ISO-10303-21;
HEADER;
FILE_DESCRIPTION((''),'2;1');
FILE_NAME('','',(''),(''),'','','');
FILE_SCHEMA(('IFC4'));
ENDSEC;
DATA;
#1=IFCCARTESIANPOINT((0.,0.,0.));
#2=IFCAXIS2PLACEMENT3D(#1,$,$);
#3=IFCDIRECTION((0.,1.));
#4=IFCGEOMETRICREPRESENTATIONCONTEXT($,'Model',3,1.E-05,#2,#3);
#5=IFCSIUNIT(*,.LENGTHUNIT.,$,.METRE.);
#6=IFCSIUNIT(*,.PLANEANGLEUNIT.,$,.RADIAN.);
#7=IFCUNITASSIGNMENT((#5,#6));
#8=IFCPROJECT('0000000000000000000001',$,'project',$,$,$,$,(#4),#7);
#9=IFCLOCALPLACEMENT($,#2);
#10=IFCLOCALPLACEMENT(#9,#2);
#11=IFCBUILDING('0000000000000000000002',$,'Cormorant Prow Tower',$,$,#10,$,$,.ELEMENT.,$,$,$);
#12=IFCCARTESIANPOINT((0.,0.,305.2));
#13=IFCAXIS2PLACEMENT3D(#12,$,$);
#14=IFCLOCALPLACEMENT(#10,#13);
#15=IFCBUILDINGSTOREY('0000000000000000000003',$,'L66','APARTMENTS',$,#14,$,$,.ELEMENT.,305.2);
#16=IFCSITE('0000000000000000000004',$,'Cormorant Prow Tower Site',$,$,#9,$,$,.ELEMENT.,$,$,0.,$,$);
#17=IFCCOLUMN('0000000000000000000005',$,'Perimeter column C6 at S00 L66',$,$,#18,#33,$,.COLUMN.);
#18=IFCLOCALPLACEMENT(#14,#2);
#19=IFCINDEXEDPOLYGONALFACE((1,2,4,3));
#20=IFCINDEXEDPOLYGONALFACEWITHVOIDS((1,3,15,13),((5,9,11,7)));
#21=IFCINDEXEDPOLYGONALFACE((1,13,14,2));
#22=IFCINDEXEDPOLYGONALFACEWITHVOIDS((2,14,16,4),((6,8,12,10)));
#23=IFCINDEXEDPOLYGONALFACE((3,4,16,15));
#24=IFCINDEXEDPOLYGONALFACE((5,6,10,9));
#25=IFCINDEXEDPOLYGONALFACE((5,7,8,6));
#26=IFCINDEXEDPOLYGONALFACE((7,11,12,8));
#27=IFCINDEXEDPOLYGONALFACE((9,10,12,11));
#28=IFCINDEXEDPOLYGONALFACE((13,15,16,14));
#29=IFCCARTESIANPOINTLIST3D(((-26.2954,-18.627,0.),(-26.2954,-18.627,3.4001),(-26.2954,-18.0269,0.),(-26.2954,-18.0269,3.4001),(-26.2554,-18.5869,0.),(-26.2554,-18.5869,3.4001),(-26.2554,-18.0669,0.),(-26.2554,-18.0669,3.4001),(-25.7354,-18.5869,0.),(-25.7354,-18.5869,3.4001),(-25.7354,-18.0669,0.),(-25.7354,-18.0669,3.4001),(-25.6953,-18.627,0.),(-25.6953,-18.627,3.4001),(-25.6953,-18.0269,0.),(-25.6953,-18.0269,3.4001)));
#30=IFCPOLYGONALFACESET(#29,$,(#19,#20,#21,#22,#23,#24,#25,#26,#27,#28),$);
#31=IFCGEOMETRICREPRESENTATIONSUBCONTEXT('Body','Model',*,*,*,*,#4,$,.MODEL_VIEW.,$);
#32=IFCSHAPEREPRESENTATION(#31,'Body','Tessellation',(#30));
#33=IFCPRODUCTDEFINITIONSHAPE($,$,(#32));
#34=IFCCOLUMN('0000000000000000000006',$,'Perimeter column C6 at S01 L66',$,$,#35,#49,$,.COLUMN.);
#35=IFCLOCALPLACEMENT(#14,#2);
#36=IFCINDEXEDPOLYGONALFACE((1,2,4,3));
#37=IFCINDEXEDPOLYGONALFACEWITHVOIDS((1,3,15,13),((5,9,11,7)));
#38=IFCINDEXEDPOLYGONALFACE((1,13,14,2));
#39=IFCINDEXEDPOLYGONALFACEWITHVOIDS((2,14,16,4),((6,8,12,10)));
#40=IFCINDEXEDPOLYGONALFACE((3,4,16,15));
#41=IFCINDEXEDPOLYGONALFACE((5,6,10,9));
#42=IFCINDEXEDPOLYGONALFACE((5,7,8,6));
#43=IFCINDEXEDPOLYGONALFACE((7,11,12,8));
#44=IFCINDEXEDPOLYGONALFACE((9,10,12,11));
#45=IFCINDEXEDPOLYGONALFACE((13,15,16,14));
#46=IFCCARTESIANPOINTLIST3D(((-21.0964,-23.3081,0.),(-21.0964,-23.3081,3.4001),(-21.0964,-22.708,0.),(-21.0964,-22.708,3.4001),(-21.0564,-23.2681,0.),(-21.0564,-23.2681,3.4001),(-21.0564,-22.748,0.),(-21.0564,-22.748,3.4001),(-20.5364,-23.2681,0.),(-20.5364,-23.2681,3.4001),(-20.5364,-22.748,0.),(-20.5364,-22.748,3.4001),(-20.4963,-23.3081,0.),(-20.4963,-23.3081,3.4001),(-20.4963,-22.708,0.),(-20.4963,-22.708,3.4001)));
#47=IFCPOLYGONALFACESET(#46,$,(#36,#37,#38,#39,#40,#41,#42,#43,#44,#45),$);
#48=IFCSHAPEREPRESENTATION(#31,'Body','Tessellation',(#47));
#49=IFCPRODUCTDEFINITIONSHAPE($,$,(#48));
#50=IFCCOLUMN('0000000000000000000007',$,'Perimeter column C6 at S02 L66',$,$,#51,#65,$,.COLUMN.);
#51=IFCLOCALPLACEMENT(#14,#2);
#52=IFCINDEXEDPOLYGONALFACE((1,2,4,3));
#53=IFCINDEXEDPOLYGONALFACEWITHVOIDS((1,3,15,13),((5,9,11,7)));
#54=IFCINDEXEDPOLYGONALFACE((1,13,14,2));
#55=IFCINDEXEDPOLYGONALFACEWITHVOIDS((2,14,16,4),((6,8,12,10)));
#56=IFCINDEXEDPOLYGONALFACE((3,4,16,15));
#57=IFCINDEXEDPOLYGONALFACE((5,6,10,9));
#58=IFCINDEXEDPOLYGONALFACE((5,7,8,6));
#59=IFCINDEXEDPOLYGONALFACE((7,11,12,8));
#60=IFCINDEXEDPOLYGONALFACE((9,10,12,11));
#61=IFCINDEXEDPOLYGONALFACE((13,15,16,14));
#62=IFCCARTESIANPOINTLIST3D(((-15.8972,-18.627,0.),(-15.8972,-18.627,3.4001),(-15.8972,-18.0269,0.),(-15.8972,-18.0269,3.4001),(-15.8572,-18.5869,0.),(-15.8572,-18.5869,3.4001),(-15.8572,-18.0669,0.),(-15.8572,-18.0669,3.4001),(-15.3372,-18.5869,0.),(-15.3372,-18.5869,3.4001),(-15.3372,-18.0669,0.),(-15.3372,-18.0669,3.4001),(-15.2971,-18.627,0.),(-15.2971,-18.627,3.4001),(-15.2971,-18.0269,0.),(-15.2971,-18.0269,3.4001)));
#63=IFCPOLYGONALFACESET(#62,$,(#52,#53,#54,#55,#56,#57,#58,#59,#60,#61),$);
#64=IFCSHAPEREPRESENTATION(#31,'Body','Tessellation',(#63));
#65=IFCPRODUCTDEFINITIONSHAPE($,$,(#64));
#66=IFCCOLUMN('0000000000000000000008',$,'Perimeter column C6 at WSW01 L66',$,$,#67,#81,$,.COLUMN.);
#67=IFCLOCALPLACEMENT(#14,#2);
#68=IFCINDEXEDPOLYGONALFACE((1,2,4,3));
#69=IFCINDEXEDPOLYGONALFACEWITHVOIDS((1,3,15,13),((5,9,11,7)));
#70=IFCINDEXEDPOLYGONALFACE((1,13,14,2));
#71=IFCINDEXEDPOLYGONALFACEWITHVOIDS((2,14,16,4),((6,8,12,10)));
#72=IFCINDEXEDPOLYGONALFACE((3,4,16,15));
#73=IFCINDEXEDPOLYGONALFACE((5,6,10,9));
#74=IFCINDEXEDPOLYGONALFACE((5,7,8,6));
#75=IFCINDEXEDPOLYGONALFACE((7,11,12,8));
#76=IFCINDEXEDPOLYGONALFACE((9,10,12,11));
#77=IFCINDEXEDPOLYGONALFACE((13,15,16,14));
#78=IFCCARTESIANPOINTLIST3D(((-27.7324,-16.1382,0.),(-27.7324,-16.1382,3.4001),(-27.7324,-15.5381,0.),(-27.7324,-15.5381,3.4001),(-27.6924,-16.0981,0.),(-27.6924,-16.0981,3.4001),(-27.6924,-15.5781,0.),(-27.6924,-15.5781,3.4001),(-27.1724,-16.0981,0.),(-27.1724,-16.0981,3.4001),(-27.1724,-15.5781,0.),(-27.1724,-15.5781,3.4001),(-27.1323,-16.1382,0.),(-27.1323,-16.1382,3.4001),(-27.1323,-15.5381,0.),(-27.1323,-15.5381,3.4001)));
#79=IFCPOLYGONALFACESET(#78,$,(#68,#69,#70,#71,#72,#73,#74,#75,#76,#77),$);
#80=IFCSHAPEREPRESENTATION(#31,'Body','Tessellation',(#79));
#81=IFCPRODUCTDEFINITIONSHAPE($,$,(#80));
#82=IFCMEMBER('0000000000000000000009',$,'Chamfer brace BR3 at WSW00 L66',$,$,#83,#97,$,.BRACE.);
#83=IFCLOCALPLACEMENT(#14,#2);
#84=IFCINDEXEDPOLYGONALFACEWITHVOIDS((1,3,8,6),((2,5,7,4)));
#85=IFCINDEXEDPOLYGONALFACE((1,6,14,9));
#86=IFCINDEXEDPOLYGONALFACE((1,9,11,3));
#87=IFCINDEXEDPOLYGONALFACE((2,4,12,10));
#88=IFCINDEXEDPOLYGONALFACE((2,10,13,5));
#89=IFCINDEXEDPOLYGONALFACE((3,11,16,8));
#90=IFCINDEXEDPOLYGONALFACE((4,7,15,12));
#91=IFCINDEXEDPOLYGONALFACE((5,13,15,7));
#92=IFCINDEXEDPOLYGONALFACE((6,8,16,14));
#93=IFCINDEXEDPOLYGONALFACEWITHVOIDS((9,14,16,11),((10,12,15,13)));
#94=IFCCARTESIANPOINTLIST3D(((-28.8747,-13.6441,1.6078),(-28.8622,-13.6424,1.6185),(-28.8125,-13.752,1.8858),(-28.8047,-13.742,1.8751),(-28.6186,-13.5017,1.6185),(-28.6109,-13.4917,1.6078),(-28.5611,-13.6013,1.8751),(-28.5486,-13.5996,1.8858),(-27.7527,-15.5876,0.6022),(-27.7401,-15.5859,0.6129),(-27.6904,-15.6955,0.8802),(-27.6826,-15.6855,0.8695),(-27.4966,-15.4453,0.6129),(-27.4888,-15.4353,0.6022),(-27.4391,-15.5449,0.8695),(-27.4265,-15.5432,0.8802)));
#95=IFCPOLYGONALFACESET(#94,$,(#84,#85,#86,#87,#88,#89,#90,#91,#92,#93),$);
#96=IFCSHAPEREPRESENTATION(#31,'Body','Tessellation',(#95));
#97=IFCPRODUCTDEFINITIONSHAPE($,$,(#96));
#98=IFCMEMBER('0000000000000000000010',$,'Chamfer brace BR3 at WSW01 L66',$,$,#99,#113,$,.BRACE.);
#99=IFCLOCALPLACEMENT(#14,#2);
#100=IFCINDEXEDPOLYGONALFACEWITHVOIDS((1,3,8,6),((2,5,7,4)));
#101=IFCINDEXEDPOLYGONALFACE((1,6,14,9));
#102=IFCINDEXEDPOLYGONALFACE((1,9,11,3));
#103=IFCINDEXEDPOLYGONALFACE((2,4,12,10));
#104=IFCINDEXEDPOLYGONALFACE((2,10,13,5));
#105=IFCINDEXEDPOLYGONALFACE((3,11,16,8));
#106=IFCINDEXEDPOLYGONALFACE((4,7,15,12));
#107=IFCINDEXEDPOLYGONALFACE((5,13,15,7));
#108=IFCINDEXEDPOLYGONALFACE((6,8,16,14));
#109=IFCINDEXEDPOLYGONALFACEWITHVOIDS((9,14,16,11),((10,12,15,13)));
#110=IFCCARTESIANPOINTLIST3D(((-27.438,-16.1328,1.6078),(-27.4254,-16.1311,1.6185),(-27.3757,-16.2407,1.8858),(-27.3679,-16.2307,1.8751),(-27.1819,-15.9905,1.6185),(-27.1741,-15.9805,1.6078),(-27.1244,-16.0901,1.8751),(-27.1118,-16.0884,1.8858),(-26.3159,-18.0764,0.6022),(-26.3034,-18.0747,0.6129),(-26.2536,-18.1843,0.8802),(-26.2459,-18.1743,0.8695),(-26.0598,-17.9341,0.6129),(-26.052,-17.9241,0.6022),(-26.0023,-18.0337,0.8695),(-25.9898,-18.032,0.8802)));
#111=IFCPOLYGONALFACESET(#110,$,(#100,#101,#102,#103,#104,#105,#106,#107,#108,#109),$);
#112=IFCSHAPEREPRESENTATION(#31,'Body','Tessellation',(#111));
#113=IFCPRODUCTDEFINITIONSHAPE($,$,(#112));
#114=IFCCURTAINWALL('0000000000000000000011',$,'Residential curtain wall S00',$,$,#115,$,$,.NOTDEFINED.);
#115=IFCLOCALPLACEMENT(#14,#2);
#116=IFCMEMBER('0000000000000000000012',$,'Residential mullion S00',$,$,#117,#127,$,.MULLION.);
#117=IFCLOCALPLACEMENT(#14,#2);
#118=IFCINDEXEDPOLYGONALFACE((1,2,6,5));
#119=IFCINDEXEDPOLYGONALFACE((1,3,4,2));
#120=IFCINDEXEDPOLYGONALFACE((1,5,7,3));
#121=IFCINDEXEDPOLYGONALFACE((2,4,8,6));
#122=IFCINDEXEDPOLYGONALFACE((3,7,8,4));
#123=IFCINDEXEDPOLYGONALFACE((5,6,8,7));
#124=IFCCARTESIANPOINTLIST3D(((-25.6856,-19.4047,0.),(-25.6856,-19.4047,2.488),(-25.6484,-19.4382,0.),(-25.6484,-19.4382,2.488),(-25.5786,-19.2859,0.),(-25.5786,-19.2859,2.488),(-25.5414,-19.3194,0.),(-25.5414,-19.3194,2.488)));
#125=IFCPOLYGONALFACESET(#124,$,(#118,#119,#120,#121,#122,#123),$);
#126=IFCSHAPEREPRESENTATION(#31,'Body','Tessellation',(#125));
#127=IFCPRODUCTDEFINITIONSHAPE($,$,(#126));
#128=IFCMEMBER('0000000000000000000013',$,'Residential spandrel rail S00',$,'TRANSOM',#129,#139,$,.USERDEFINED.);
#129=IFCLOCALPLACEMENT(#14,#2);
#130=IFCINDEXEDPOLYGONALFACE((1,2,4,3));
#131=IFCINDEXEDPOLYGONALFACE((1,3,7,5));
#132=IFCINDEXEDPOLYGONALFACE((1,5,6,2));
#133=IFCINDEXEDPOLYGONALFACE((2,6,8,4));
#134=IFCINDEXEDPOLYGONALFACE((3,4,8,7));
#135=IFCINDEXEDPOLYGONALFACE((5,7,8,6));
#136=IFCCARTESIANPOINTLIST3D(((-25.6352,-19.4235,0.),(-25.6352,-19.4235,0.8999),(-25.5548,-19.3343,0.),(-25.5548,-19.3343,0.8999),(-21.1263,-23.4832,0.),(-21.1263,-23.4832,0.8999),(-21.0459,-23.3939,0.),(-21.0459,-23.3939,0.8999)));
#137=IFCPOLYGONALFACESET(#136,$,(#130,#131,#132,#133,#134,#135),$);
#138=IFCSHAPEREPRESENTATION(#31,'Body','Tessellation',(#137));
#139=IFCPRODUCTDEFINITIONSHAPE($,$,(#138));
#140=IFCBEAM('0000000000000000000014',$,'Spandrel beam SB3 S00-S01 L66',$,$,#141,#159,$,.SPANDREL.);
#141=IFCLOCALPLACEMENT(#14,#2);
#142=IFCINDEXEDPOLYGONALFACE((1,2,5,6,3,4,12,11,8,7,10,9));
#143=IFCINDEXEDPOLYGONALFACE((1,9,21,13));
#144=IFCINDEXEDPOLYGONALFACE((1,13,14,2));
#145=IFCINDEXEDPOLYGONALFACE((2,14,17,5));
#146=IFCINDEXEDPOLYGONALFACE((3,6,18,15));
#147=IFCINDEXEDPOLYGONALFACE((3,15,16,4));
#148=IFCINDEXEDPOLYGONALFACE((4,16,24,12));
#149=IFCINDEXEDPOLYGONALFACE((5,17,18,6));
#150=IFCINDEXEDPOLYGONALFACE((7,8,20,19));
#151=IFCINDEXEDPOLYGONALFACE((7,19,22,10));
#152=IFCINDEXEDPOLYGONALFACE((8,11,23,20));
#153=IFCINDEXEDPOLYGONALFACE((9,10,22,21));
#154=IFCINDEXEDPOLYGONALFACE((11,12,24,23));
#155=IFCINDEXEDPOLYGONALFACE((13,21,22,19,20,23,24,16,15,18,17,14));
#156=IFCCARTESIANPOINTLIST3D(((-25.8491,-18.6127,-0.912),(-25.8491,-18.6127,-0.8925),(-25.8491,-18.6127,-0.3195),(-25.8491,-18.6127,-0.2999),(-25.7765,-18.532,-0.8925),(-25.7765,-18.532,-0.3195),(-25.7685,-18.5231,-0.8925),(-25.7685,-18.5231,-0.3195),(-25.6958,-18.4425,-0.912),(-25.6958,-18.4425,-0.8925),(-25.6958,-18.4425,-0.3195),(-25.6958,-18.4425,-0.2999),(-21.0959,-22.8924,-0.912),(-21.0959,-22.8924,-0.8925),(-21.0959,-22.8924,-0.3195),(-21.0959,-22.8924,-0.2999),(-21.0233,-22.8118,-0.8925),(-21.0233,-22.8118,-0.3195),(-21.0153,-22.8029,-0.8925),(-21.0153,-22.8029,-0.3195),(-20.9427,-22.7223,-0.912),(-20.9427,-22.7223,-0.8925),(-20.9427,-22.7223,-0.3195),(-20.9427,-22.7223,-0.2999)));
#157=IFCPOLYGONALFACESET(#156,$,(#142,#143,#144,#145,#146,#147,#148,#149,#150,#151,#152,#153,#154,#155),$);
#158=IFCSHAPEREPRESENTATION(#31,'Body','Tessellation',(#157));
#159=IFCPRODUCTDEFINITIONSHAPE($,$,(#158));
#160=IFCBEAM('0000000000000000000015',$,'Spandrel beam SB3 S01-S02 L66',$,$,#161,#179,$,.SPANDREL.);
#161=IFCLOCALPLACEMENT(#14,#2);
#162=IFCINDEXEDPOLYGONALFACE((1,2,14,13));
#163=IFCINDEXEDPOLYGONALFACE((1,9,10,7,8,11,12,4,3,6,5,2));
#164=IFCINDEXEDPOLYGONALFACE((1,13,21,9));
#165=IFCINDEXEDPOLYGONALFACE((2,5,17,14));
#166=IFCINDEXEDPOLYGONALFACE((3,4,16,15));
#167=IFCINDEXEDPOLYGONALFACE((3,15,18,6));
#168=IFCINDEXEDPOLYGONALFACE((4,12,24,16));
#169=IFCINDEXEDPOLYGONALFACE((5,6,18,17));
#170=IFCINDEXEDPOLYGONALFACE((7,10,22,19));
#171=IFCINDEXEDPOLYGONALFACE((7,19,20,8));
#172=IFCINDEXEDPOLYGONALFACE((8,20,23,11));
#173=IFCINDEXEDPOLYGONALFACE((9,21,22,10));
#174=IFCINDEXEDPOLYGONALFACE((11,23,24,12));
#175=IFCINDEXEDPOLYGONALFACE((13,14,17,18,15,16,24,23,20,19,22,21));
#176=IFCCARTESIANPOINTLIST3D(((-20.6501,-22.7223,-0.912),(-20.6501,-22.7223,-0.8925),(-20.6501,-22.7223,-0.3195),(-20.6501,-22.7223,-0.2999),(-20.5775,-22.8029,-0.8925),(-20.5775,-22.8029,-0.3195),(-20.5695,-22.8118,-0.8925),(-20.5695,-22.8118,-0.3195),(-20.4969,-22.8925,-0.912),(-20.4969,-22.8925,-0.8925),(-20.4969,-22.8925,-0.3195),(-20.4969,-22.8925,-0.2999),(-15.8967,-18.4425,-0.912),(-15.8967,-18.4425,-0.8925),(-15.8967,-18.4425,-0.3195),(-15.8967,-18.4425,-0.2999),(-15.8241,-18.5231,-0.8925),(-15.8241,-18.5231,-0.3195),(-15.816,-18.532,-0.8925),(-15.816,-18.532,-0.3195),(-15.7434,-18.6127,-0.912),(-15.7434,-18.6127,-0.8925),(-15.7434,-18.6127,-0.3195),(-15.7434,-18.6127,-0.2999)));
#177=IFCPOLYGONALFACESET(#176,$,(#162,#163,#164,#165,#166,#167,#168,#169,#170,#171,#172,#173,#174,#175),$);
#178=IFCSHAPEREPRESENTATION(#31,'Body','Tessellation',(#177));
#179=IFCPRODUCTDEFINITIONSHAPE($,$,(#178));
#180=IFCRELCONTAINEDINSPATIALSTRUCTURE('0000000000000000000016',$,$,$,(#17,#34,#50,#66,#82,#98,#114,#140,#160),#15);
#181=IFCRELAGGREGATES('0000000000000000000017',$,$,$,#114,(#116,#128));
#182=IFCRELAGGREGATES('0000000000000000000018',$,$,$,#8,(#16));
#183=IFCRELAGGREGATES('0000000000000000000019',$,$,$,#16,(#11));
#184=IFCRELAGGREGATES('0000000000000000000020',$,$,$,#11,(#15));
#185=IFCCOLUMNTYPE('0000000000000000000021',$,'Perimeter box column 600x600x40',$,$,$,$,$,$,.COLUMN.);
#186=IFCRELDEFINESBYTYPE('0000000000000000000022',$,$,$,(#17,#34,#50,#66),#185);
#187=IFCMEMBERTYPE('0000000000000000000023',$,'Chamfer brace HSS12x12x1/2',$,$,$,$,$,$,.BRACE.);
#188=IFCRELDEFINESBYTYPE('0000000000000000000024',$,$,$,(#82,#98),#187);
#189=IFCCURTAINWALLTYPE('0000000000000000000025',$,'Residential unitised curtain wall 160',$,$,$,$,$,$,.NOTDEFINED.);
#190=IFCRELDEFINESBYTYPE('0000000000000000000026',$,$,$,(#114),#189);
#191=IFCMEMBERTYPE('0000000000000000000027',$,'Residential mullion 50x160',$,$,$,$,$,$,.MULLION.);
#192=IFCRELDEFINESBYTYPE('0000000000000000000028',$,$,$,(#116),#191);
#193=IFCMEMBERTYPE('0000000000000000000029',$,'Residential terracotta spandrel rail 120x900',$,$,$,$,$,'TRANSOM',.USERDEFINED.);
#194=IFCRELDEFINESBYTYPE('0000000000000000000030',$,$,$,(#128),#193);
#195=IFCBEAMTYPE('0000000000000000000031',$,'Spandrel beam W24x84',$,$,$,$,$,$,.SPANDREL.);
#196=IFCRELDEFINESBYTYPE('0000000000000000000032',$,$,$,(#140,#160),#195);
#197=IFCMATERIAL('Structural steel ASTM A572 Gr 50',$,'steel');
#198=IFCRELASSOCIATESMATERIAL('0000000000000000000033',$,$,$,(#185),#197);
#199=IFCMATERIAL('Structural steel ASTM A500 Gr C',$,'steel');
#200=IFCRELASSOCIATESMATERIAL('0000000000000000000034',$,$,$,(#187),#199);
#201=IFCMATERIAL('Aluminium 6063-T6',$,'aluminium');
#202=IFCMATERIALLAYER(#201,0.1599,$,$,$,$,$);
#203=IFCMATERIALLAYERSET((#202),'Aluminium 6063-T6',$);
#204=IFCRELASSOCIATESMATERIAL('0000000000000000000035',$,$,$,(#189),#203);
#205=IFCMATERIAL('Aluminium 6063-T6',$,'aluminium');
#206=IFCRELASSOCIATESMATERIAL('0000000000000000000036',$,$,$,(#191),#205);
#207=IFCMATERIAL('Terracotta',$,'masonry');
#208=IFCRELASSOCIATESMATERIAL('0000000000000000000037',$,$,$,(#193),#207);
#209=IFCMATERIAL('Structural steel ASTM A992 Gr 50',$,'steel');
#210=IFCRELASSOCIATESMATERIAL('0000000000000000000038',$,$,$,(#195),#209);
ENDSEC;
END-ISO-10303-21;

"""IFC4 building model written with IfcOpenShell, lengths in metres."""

from ifc_helpers import new_model, si_unit, direction, frame, origin, origin_2d, place, context, subcontext, project, spatial, rectangle, hollow_rectangle, i_section, extrude, material, layer, layer_set, material_profile, profile_set, type_object, element, aggregate, save


model = new_model("IFC4")

# Units and contexts
model_context = context("Model", 3, precision=1e-05, world=origin(), true_north=direction((0.0, 1.0)))
body_context = subcontext(model_context, "Body", "Model", "MODEL_VIEW")
ifc_project = project(units=[si_unit("LENGTHUNIT", "METRE"), si_unit("PLANEANGLEUNIT", "RADIAN")], contexts=[model_context])

# Site, building, storey
site_placement = place(None, origin())
site = spatial("IfcSite", under=ifc_project, at=site_placement, Name="Cormorant Prow Tower Site", CompositionType="ELEMENT", RefElevation=0.0)
building_placement = place(site_placement, origin())
building = spatial("IfcBuilding", under=site, at=building_placement, Name="Cormorant Prow Tower", CompositionType="ELEMENT")
storey_placement = place(building_placement, frame((0.0, 0.0, 305.2)))
storey = spatial("IfcBuildingStorey", under=building, at=storey_placement, Name="L66", Description="APARTMENTS", CompositionType="ELEMENT", Elevation=305.2)

# Columns
ifc_material_1 = material(Name="Structural steel ASTM A572 Gr 50", Category="steel")
ifc_material_profile_1 = material_profile(ifc_material_1, hollow_rectangle(XDim=0.6001, YDim=0.6001, WallThickness=0.04, at=origin_2d()), Name="Box 600x600x40")
ifc_profile_set_1 = profile_set([ifc_material_profile_1], Name="Structural steel ASTM A572 Gr 50")
column_type = type_object("IfcColumnType", Name="Perimeter box column 600x600x40", PredefinedType="COLUMN", material=ifc_profile_set_1)
for number, where, z_axis, x_axis, name in (
    (1, (-25.9954, -18.3269, 0.0), (0.0, 0.0, 1.0), (1.0, 0.0, 0.0), "Perimeter column C6 at S00 L66"),
    (2, (-20.7964, -23.0081, 0.0), (0.0, 0.0, 1.0), (1.0, 0.0, 0.0), "Perimeter column C6 at S01 L66"),
    (3, (-15.5972, -18.3269, 0.0), (0.0, 0.0, 1.0), (1.0, 0.0, 0.0), "Perimeter column C6 at S02 L66"),
    (4, (-27.4324, -15.8381, 0.0), (0.0, 0.0, 1.0), (1.0, 0.0, 0.0), "Perimeter column C6 at WSW01 L66"),
):
    element("IfcColumn", number, at=place(storey_placement, frame(where, z_axis=z_axis, x_axis=x_axis)), inside=storey, type_object=column_type, Name=name, PredefinedType="COLUMN", context=body_context, shape_type="SweptSolid", body=[
        extrude(hollow_rectangle(XDim=0.6001, YDim=0.6001, WallThickness=0.04, at=origin_2d()), origin(), (0.0, 0.0, 1.0), 3.4001),
    ])

# Members
ifc_material_2 = material(Name="Structural steel ASTM A500 Gr C", Category="steel")
ifc_material_profile_2 = material_profile(ifc_material_2, hollow_rectangle(XDim=0.3047, YDim=0.3047, WallThickness=0.0117, at=origin_2d()), Name="HSS12x12x1/2")
ifc_profile_set_2 = profile_set([ifc_material_profile_2], Name="Structural steel ASTM A500 Gr C")
member_type_1 = type_object("IfcMemberType", Name="Chamfer brace HSS12x12x1/2", PredefinedType="BRACE", material=ifc_profile_set_2)
for number, where, z_axis, x_axis, name in (
    (5, (-27.5896, -15.5654, 0.7412), (-0.456266, 0.790324, 0.408912), (-0.866039, -0.499977, 0.0), "Chamfer brace BR3 at WSW00 L66"),
    (6, (-26.1528, -18.0542, 0.7412), (-0.456266, 0.790324, 0.408912), (-0.866039, -0.499977, 0.0), "Chamfer brace BR3 at WSW01 L66"),
):
    element("IfcMember", number, at=place(storey_placement, frame(where, z_axis=z_axis, x_axis=x_axis)), inside=storey, type_object=member_type_1, Name=name, PredefinedType="BRACE", context=body_context, shape_type="SweptSolid", body=[
        extrude(hollow_rectangle(XDim=0.3047, YDim=0.3047, WallThickness=0.0117, at=origin_2d()), origin(), (0.0, 0.0, 1.0), 2.4592),
    ])

# Curtain wall, members
ifc_material_3 = material(Name="Aluminium 6063-T6", Category="aluminium")
ifc_layer_1 = layer(ifc_material_3, 0.1599)
ifc_layer_set_1 = layer_set([ifc_layer_1], Name="Aluminium 6063-T6")
curtain_wall_type = type_object("IfcCurtainWallType", Name="Residential unitised curtain wall 160", PredefinedType="NOTDEFINED", material=ifc_layer_set_1)
curtain_wall_placement = place(storey_placement, origin())
curtain_wall = element("IfcCurtainWall", 7, at=curtain_wall_placement, inside=storey, type_object=curtain_wall_type, Name="Residential curtain wall S00", PredefinedType="NOTDEFINED")
ifc_material_4 = material(Name="Aluminium 6063-T6", Category="aluminium")
ifc_material_profile_3 = material_profile(ifc_material_4, rectangle(XDim=0.1599, YDim=0.05, at=origin_2d()), Name="Residential mullion 50x160")
ifc_profile_set_3 = profile_set([ifc_material_profile_3], Name="Aluminium 6063-T6")
member_type_2 = type_object("IfcMemberType", Name="Residential mullion 50x160", PredefinedType="MULLION", material=ifc_profile_set_3)
member_1_placement = place(storey_placement, frame((-25.6135, -19.3621, 0.0), z_axis=(0.0, 0.0, 1.0), x_axis=(0.669131, 0.743145, 0.0)))
member_1 = element("IfcMember", 8, at=member_1_placement, type_object=member_type_2, Name="Residential mullion S00", PredefinedType="MULLION", context=body_context, shape_type="SweptSolid", body=[
    extrude(rectangle(XDim=0.1599, YDim=0.05, at=origin_2d()), origin(), (0.0, 0.0, 1.0), 2.488),
])
ifc_material_5 = material(Name="Terracotta", Category="masonry")
ifc_material_profile_4 = material_profile(ifc_material_5, rectangle(XDim=0.1201, YDim=0.8999, at=origin_2d()), Name="Residential terracotta spandrel rail 120x900")
ifc_profile_set_4 = profile_set([ifc_material_profile_4], Name="Terracotta")
member_type_3 = type_object("IfcMemberType", Name="Residential terracotta spandrel rail 120x900", ElementType="TRANSOM", PredefinedType="USERDEFINED", material=ifc_profile_set_4)
member_2_placement = place(storey_placement, frame((-25.595, -19.3789, 0.45), z_axis=(0.743158, -0.669116, 0.0), x_axis=(0.669116, 0.743158, 0.0)))
member_2 = element("IfcMember", 9, at=member_2_placement, type_object=member_type_3, Name="Residential spandrel rail S00", ObjectType="TRANSOM", PredefinedType="USERDEFINED", context=body_context, shape_type="SweptSolid", body=[
    extrude(rectangle(XDim=0.1201, YDim=0.8999, at=origin_2d()), origin(), (0.0, 0.0, 1.0), 6.0671),
])

# Beams
ifc_material_6 = material(Name="Structural steel ASTM A992 Gr 50", Category="steel")
ifc_material_profile_5 = material_profile(ifc_material_6, i_section(OverallWidth=0.229, OverallDepth=0.6121, WebThickness=0.012, FlangeThickness=0.0195, at=origin_2d()), Name="W24x84")
ifc_profile_set_5 = profile_set([ifc_material_profile_5], Name="Structural steel ASTM A992 Gr 50")
beam_type = type_object("IfcBeamType", Name="Spandrel beam W24x84", PredefinedType="SPANDREL", material=ifc_profile_set_5)
beam_1_placement = place(storey_placement, frame((-25.7725, -18.5276, -0.606), z_axis=(0.743144, -0.669131, 0.0), x_axis=(0.669131, 0.743144, 0.0)))
element("IfcBeam", 10, at=beam_1_placement, inside=storey, type_object=beam_type, Name="Spandrel beam SB3 S00-S01 L66", PredefinedType="SPANDREL", context=body_context, shape_type="SweptSolid", body=[
    extrude(i_section(OverallWidth=0.229, OverallDepth=0.6121, WebThickness=0.012, FlangeThickness=0.0195, at=origin_2d()), origin(), (0.0, 0.0, 1.0), 6.396),
])
beam_2_placement = place(storey_placement, frame((-20.5735, -22.8074, -0.606), z_axis=(0.743161, 0.669112, 0.0), x_axis=(-0.669112, 0.743161, 0.0)))
element("IfcBeam", 11, at=beam_2_placement, inside=storey, type_object=beam_type, Name="Spandrel beam SB3 S01-S02 L66", PredefinedType="SPANDREL", context=body_context, shape_type="SweptSolid", body=[
    extrude(i_section(OverallWidth=0.229, OverallDepth=0.6121, WebThickness=0.012, FlangeThickness=0.0195, at=origin_2d()), origin(), (0.0, 0.0, 1.0), 6.3962),
])

aggregate(curtain_wall, [member_1, member_2])

save(model, "model.ifc")
